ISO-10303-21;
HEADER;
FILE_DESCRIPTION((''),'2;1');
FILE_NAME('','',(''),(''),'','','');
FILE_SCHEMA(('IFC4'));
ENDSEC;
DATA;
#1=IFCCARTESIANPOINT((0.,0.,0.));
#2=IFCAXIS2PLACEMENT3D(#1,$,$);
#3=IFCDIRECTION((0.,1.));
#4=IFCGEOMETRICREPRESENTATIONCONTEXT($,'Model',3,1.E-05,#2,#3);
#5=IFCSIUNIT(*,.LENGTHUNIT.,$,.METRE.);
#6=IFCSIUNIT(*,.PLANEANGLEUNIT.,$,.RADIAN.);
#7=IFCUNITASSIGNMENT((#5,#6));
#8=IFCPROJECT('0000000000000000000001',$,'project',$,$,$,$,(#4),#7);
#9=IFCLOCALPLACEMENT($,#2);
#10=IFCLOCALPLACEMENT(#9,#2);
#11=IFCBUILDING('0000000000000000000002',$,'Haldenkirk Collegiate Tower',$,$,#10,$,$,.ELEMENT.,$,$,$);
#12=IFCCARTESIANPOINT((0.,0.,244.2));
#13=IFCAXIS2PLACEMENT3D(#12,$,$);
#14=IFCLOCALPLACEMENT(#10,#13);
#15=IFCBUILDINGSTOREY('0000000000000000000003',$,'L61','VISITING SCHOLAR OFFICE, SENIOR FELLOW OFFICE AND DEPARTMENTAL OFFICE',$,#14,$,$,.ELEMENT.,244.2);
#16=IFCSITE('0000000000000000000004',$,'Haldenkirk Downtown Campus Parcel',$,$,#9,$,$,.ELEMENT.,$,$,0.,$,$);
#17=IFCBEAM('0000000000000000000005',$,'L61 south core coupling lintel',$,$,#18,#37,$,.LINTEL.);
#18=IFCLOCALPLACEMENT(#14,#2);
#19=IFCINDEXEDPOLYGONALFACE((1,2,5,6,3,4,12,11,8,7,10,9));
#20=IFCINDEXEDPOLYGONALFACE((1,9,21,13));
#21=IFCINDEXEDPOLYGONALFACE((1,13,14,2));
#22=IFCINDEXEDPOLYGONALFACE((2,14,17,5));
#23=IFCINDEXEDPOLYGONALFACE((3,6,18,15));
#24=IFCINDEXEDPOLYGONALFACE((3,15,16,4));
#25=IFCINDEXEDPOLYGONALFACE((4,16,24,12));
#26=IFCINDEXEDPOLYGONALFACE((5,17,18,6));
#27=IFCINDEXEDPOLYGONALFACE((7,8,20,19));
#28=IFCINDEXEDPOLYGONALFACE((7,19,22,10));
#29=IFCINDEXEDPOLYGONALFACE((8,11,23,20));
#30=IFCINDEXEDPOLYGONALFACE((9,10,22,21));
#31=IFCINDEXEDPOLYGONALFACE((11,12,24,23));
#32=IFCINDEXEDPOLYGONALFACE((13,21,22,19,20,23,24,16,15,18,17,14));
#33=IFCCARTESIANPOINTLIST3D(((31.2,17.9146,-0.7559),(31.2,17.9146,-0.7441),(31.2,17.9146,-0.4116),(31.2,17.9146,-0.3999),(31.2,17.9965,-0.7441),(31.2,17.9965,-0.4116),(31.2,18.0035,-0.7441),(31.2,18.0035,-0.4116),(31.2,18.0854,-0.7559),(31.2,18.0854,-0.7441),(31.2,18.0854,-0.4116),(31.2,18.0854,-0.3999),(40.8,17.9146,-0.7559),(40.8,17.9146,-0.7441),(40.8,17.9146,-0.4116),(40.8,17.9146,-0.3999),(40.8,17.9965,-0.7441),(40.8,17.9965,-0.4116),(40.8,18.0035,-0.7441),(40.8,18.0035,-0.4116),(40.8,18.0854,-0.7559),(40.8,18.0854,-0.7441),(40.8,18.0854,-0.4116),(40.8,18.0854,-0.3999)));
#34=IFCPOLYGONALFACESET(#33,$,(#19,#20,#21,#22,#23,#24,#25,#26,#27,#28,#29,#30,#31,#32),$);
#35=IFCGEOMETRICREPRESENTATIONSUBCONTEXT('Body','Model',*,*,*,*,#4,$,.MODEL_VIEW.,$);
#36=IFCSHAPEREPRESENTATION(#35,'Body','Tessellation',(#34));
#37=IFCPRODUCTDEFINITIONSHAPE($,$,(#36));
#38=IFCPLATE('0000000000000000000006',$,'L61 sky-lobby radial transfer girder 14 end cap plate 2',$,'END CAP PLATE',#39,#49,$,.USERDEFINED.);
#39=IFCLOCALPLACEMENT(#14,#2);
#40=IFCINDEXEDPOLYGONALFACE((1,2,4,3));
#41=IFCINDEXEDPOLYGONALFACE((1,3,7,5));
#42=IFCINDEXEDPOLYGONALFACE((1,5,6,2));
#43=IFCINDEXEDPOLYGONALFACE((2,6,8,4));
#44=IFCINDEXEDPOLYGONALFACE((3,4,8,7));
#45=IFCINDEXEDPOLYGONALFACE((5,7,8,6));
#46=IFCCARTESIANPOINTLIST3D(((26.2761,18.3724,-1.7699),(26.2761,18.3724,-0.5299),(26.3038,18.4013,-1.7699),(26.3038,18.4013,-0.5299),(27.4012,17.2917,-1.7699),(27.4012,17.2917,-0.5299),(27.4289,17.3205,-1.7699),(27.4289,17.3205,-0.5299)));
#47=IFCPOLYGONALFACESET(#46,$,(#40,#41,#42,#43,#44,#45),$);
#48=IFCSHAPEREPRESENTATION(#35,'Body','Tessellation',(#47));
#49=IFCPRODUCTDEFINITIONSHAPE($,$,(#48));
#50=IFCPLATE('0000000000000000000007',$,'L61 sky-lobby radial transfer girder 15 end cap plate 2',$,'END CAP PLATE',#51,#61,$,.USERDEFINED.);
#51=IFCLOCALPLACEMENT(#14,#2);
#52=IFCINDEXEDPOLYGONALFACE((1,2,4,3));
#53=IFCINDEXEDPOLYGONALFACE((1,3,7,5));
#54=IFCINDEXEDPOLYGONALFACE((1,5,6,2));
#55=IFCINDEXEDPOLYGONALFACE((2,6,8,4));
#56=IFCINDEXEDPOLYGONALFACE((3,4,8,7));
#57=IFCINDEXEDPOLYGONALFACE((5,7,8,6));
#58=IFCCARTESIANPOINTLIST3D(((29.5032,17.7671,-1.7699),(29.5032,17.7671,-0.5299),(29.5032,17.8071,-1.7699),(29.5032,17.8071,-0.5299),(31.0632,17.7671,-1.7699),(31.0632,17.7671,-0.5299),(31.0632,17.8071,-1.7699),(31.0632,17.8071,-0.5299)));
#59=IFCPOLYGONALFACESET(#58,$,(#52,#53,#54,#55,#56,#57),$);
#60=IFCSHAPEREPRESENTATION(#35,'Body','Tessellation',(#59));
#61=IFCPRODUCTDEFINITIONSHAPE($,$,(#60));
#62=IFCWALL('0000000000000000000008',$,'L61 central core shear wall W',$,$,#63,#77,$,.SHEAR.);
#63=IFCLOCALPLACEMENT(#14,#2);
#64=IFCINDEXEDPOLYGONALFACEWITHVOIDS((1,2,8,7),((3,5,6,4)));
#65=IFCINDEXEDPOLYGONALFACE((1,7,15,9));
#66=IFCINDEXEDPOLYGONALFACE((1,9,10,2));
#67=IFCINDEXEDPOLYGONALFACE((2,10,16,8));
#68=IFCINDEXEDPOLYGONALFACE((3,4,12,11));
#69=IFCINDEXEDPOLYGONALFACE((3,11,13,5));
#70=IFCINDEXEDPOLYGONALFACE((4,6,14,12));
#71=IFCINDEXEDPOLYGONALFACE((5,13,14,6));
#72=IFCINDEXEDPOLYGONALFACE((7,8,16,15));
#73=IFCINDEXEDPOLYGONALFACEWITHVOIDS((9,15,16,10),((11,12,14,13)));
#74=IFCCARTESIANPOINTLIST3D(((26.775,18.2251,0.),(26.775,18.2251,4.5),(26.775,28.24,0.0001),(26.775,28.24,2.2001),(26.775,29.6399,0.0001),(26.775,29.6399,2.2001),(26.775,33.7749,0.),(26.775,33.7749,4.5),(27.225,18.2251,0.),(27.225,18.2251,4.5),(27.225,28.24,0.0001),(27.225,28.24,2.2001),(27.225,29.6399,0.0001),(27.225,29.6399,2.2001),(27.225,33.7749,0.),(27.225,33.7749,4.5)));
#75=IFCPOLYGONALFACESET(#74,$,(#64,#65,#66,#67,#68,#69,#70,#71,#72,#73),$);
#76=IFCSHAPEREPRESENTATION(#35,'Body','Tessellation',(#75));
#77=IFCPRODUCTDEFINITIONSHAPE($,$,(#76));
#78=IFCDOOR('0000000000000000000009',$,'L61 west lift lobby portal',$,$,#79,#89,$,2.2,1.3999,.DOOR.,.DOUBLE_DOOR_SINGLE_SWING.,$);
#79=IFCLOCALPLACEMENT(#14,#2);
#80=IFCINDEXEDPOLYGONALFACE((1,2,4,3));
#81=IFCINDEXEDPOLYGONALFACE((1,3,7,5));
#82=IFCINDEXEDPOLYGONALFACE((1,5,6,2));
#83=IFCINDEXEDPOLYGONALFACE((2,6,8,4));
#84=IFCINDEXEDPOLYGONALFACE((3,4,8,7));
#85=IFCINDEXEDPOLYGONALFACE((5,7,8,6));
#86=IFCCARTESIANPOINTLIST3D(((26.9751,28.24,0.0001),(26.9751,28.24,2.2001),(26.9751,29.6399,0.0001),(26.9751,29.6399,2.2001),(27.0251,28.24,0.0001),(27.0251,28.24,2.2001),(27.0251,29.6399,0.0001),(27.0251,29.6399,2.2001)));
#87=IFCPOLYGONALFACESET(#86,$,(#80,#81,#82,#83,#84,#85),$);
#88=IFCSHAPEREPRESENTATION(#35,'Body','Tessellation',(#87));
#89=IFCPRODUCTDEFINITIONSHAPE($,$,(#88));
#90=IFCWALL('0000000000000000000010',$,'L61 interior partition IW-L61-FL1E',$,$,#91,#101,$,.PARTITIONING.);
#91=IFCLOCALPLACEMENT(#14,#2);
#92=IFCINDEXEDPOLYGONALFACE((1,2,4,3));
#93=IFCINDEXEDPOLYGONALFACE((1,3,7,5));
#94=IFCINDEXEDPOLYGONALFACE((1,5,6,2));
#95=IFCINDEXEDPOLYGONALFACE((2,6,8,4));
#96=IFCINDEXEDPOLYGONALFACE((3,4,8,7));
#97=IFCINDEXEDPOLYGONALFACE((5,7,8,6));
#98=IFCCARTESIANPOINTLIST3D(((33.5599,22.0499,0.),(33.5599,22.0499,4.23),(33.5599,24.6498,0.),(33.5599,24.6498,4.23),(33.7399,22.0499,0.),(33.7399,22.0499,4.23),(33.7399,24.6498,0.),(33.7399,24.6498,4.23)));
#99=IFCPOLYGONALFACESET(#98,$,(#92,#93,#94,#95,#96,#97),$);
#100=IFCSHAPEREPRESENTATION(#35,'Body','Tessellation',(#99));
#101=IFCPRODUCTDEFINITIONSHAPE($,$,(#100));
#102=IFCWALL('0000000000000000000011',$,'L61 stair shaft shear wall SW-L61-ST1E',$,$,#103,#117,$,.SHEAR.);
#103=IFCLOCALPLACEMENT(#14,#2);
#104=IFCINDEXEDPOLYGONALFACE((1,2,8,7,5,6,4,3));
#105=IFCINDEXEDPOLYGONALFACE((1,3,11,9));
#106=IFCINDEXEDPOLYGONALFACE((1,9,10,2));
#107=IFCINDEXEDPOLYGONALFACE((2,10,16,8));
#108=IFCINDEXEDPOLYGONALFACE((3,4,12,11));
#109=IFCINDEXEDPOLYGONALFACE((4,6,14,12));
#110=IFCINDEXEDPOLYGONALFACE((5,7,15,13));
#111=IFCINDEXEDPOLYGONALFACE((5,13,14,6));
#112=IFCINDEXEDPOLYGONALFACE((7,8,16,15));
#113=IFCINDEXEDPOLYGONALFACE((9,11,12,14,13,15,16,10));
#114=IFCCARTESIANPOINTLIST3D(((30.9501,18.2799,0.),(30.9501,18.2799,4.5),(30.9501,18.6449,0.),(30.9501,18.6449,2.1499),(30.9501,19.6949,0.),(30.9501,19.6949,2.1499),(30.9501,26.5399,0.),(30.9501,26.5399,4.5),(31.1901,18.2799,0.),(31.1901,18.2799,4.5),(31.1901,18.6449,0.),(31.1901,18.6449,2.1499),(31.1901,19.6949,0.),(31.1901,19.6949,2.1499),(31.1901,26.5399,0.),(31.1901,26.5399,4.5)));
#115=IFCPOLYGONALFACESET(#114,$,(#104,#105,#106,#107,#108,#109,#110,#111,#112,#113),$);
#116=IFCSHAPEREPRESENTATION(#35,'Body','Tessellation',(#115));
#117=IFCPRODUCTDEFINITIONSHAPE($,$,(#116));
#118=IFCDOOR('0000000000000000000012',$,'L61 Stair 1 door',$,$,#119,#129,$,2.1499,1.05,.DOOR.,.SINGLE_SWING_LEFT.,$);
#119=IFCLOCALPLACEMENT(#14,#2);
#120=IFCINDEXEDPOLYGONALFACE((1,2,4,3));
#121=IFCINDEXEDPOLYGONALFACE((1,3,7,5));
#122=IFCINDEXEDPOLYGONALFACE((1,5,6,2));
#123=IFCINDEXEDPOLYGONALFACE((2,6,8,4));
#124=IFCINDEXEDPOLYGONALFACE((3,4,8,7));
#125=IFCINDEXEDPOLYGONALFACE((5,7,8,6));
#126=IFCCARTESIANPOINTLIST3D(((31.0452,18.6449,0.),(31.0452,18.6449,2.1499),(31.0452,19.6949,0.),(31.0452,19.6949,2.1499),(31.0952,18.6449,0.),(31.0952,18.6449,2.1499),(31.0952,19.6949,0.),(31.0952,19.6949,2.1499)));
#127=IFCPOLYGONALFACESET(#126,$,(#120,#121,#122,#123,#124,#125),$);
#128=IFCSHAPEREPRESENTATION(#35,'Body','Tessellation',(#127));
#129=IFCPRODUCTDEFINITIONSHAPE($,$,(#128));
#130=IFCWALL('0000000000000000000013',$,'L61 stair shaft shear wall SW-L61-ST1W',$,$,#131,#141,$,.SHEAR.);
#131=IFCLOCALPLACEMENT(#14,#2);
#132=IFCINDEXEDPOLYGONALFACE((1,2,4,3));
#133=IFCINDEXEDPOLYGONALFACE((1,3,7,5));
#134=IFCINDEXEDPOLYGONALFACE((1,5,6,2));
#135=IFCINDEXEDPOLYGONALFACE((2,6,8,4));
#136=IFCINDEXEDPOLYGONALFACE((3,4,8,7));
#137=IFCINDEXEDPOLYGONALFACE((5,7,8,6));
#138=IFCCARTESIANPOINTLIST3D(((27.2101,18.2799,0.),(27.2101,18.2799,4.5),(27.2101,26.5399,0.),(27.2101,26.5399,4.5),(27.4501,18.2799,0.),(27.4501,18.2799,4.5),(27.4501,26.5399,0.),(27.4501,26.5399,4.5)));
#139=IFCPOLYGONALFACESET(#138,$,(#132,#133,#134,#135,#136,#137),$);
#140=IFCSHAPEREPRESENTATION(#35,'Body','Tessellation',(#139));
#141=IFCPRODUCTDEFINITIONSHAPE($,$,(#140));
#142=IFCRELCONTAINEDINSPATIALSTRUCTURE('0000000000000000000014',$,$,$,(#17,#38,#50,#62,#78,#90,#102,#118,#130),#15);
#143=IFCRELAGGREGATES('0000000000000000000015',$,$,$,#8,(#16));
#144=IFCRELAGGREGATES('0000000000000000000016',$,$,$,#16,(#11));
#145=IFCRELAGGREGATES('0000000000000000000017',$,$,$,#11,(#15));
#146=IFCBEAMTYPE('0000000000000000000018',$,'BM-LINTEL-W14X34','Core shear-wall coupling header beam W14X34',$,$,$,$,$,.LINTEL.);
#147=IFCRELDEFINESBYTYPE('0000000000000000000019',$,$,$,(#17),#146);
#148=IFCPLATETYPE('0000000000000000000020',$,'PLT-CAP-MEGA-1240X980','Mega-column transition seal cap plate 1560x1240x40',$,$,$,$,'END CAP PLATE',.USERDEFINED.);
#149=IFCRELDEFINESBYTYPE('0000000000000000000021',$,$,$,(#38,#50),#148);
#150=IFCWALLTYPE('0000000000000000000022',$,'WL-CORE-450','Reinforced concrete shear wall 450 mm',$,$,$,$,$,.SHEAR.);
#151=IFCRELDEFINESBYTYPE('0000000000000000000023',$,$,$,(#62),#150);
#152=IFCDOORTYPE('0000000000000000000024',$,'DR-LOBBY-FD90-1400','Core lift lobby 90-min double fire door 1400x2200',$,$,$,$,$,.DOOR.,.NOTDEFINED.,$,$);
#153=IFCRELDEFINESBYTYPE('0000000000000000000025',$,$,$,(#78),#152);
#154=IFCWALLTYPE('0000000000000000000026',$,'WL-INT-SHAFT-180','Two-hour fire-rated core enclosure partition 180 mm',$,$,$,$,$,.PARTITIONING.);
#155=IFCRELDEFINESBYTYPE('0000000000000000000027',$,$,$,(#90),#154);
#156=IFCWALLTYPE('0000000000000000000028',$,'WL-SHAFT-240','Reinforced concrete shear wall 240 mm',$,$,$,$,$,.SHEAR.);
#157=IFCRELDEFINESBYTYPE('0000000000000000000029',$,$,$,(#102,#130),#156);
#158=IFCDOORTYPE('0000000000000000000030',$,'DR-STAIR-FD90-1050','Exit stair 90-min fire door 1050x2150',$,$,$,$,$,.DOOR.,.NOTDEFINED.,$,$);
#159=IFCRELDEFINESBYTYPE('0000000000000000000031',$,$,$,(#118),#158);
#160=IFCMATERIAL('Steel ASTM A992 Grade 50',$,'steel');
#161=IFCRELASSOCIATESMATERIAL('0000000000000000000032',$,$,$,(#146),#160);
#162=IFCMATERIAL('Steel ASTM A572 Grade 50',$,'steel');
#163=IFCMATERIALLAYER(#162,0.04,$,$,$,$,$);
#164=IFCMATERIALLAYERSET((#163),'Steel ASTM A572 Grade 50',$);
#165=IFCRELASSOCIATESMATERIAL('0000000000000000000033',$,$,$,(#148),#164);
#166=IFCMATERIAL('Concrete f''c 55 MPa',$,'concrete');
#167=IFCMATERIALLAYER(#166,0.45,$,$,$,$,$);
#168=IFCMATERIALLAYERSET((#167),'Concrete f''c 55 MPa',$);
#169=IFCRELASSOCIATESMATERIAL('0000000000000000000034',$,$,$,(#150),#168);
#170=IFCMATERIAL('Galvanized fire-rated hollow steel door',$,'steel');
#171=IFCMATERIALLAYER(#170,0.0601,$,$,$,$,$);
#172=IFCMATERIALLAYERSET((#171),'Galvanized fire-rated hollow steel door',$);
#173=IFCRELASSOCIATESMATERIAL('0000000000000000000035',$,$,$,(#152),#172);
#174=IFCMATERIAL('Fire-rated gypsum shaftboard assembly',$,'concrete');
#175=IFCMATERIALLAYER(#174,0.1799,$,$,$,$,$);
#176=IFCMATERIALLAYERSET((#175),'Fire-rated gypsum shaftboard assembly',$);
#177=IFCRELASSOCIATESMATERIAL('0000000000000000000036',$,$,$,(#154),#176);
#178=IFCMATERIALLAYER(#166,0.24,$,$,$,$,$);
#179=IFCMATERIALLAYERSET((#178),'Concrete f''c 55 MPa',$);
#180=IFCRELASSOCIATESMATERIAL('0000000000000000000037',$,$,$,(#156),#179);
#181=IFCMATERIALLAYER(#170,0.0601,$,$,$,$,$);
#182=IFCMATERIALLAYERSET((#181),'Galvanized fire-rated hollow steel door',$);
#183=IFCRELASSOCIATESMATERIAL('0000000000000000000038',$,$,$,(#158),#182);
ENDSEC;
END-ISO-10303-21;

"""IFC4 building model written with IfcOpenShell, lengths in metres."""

from ifc_helpers import new_model, si_unit, direction, frame, frame_2d, origin, origin_2d, place, context, subcontext, project, spatial, rectangle, i_section, extrude, source, transform, mapped, material, layer, layer_set, material_profile, profile_set, type_object, element, fill, save


model = new_model("IFC4")

# Units and contexts
model_context = context("Model", 3, precision=1e-05, world=origin(), true_north=direction((0.0, 1.0)))
body_context = subcontext(model_context, "Body", "Model", "MODEL_VIEW")
ifc_project = project(units=[si_unit("LENGTHUNIT", "METRE"), si_unit("PLANEANGLEUNIT", "RADIAN")], contexts=[model_context])

# Site, building, storey
site_placement = place(None, origin())
site = spatial("IfcSite", under=ifc_project, at=site_placement, Name="Haldenkirk Downtown Campus Parcel", CompositionType="ELEMENT", RefElevation=0.0)
building_placement = place(site_placement, origin())
building = spatial("IfcBuilding", under=site, at=building_placement, Name="Haldenkirk Collegiate Tower", CompositionType="ELEMENT")
storey_placement = place(building_placement, frame((0.0, 0.0, 244.2)))
storey = spatial("IfcBuildingStorey", under=building, at=storey_placement, Name="L61", Description="VISITING SCHOLAR OFFICE, SENIOR FELLOW OFFICE AND DEPARTMENTAL OFFICE", CompositionType="ELEMENT", Elevation=244.2)

# Beam
ifc_material_1 = material(Name="Steel ASTM A992 Grade 50", Category="steel")
ifc_material_profile = material_profile(ifc_material_1, i_section(OverallWidth=0.1709, OverallDepth=0.356, WebThickness=0.0071, FlangeThickness=0.0117, at=origin_2d()), Name="W14X34")
ifc_profile_set = profile_set([ifc_material_profile], Name="Steel ASTM A992 Grade 50")
beam_type = type_object("IfcBeamType", Name="BM-LINTEL-W14X34", Description="Core shear-wall coupling header beam W14X34", PredefinedType="LINTEL", material=ifc_profile_set)
beam_placement = place(storey_placement, frame((31.2, 18.0, -0.5779), z_axis=(1.0, 0.0, 0.0), x_axis=(0.0, 1.0, 0.0)))
element("IfcBeam", 1, at=beam_placement, inside=storey, type_object=beam_type, Name="L61 south core coupling lintel", PredefinedType="LINTEL", context=body_context, shape_type="SweptSolid", body=[
    extrude(i_section(OverallWidth=0.1709, OverallDepth=0.356, WebThickness=0.0071, FlangeThickness=0.0117, at=origin_2d()), origin(), (0.0, 0.0, 1.0), 9.6001),
])

# Plates
ifc_material_2 = material(Name="Steel ASTM A572 Grade 50", Category="steel")
ifc_layer_1 = layer(ifc_material_2, 0.04)
ifc_layer_set_1 = layer_set([ifc_layer_1], Name="Steel ASTM A572 Grade 50")
plate_type = type_object("IfcPlateType", Name="PLT-CAP-MEGA-1240X980", Description="Mega-column transition seal cap plate 1560x1240x40", ElementType="END CAP PLATE", PredefinedType="USERDEFINED", material=ifc_layer_set_1)
shared_shape = source(origin(), body_context, "Body", "SweptSolid", [
    extrude(rectangle(XDim=1.5601, YDim=1.24, at=origin_2d()), origin(), (0.0, 0.0, 1.0), 0.04),
])
for number, where, z_axis, x_axis, name in (
    (2, (26.8386, 17.832, -1.1499), (0.69276, 0.721168, 0.0), (-0.721168, 0.69276, 0.0), "L61 sky-lobby radial transfer girder 14 end cap plate 2"),
    (3, (30.2832, 17.7671, -1.1499), (0.0, 1.0, 0.0), (-1.0, 0.0, 0.0), "L61 sky-lobby radial transfer girder 15 end cap plate 2"),
):
    element("IfcPlate", number, at=place(storey_placement, frame(where, z_axis=z_axis, x_axis=x_axis)), inside=storey, type_object=plate_type, Name=name, ObjectType="END CAP PLATE", PredefinedType="USERDEFINED", context=body_context, shape_type="MappedRepresentation", body=[
        mapped(shared_shape, transform((0.0, 0.0, 0.0), x_axis=(1.0, 0.0, 0.0), y_axis=(0.0, 1.0, 0.0), z_axis=(0.0, 0.0, 1.0), scale=1.0)),
    ])

# Wall, opening, door
ifc_material_3 = material(Name="Concrete f'c 55 MPa", Category="concrete")
ifc_layer_2 = layer(ifc_material_3, 0.45)
ifc_layer_set_2 = layer_set([ifc_layer_2], Name="Concrete f'c 55 MPa")
wall_type_1 = type_object("IfcWallType", Name="WL-CORE-450", Description="Reinforced concrete shear wall 450 mm", PredefinedType="SHEAR", material=ifc_layer_set_2)
wall_1_placement = place(storey_placement, frame((27.0, 18.2251, 0.0), z_axis=(0.0, 0.0, 1.0), x_axis=(0.0, 1.0, 0.0)))
wall_1 = element("IfcWall", 4, at=wall_1_placement, inside=storey, type_object=wall_type_1, Name="L61 central core shear wall W", PredefinedType="SHEAR", context=body_context, shape_type="SweptSolid", body=[
    extrude(rectangle(XDim=15.5498, YDim=0.45, at=frame_2d((7.7749, 0.0))), origin(), (0.0, 0.0, 1.0), 4.5),
])
opening_1_placement = place(wall_1_placement, frame((10.0149, 0.0, 0.0)))
opening_1 = element("IfcOpeningElement", 5, at=opening_1_placement, cuts=wall_1, PredefinedType="OPENING", context=body_context, shape_type="SweptSolid", body=[
    extrude(rectangle(XDim=1.3999, YDim=2.2, at=frame_2d((0.7, 1.1001))), frame((0.0, 0.2349, 0.0), z_axis=(0.0, -1.0, 0.0), x_axis=(1.0, 0.0, 0.0)), (0.0, 0.0, 1.0), 0.47),
])
ifc_material_4 = material(Name="Galvanized fire-rated hollow steel door", Category="steel")
ifc_layer_3 = layer(ifc_material_4, 0.0601)
ifc_layer_set_3 = layer_set([ifc_layer_3], Name="Galvanized fire-rated hollow steel door")
door_type_1 = type_object("IfcDoorType", Name="DR-LOBBY-FD90-1400", Description="Core lift lobby 90-min double fire door 1400x2200", OperationType="NOTDEFINED", PredefinedType="DOOR", material=ifc_layer_set_3)
door_1_placement = place(opening_1_placement, origin())
door_1 = element("IfcDoor", 6, at=door_1_placement, inside=storey, type_object=door_type_1, Name="L61 west lift lobby portal", OperationType="DOUBLE_DOOR_SINGLE_SWING", OverallHeight=2.2, OverallWidth=1.3999, PredefinedType="DOOR", context=body_context, shape_type="SweptSolid", body=[
    extrude(rectangle(XDim=1.3999, YDim=2.2, at=frame_2d((0.7, 1.1001))), frame((0.0, 0.0249, 0.0), z_axis=(0.0, -1.0, 0.0), x_axis=(1.0, 0.0, 0.0)), (0.0, 0.0, 1.0), 0.05),
])
fill(opening_1, door_1)

# Wall
ifc_material_5 = material(Name="Fire-rated gypsum shaftboard assembly", Category="concrete")
ifc_layer_4 = layer(ifc_material_5, 0.1799)
ifc_layer_set_4 = layer_set([ifc_layer_4], Name="Fire-rated gypsum shaftboard assembly")
wall_type_2 = type_object("IfcWallType", Name="WL-INT-SHAFT-180", Description="Two-hour fire-rated core enclosure partition 180 mm", PredefinedType="PARTITIONING", material=ifc_layer_set_4)
wall_2_placement = place(storey_placement, frame((33.6499, 22.05, 0.0), z_axis=(0.0, 0.0, 1.0), x_axis=(0.0, 1.0, 0.0)))
element("IfcWall", 7, at=wall_2_placement, inside=storey, type_object=wall_type_2, Name="L61 interior partition IW-L61-FL1E", PredefinedType="PARTITIONING", context=body_context, shape_type="SweptSolid", body=[
    extrude(rectangle(XDim=2.5999, YDim=0.1799, at=frame_2d((1.2998, 0.0))), origin(), (0.0, 0.0, 1.0), 4.23),
])

# Wall, opening, door
ifc_layer_5 = layer(ifc_material_3, 0.24)
ifc_layer_set_5 = layer_set([ifc_layer_5], Name="Concrete f'c 55 MPa")
wall_type_3 = type_object("IfcWallType", Name="WL-SHAFT-240", Description="Reinforced concrete shear wall 240 mm", PredefinedType="SHEAR", material=ifc_layer_set_5)
wall_3_placement = place(storey_placement, frame((31.0701, 18.28, 0.0), z_axis=(0.0, 0.0, 1.0), x_axis=(0.0, 1.0, 0.0)))
wall_3 = element("IfcWall", 8, at=wall_3_placement, inside=storey, type_object=wall_type_3, Name="L61 stair shaft shear wall SW-L61-ST1E", PredefinedType="SHEAR", context=body_context, shape_type="SweptSolid", body=[
    extrude(rectangle(XDim=8.26, YDim=0.24, at=frame_2d((4.1299, 0.0))), origin(), (0.0, 0.0, 1.0), 4.5),
])
opening_2_placement = place(wall_3_placement, frame((0.365, 0.0, 0.0)))
opening_2 = element("IfcOpeningElement", 9, at=opening_2_placement, cuts=wall_3, PredefinedType="OPENING", context=body_context, shape_type="SweptSolid", body=[
    extrude(rectangle(XDim=1.05, YDim=2.1499, at=frame_2d((0.5249, 1.075))), frame((0.0, 0.1299, 0.0), z_axis=(0.0, -1.0, 0.0), x_axis=(1.0, 0.0, 0.0)), (0.0, 0.0, 1.0), 0.26),
])
ifc_layer_6 = layer(ifc_material_4, 0.0601)
ifc_layer_set_6 = layer_set([ifc_layer_6], Name="Galvanized fire-rated hollow steel door")
door_type_2 = type_object("IfcDoorType", Name="DR-STAIR-FD90-1050", Description="Exit stair 90-min fire door 1050x2150", OperationType="NOTDEFINED", PredefinedType="DOOR", material=ifc_layer_set_6)
door_2_placement = place(opening_2_placement, origin())
door_2 = element("IfcDoor", 10, at=door_2_placement, inside=storey, type_object=door_type_2, Name="L61 Stair 1 door", OperationType="SINGLE_SWING_LEFT", OverallHeight=2.1499, OverallWidth=1.05, PredefinedType="DOOR", context=body_context, shape_type="SweptSolid", body=[
    extrude(rectangle(XDim=1.05, YDim=2.1499, at=frame_2d((0.5249, 1.075))), frame((0.0, 0.0249, 0.0), z_axis=(0.0, -1.0, 0.0), x_axis=(1.0, 0.0, 0.0)), (0.0, 0.0, 1.0), 0.05),
])
fill(opening_2, door_2)

# Wall
wall_4_placement = place(storey_placement, frame((27.3301, 18.28, 0.0), z_axis=(0.0, 0.0, 1.0), x_axis=(0.0, 1.0, 0.0)))
element("IfcWall", 11, at=wall_4_placement, inside=storey, type_object=wall_type_3, Name="L61 stair shaft shear wall SW-L61-ST1W", PredefinedType="SHEAR", context=body_context, shape_type="SweptSolid", body=[
    extrude(rectangle(XDim=8.26, YDim=0.24, at=frame_2d((4.1299, 0.0))), origin(), (0.0, 0.0, 1.0), 4.5),
])

save(model, "model.ifc")
